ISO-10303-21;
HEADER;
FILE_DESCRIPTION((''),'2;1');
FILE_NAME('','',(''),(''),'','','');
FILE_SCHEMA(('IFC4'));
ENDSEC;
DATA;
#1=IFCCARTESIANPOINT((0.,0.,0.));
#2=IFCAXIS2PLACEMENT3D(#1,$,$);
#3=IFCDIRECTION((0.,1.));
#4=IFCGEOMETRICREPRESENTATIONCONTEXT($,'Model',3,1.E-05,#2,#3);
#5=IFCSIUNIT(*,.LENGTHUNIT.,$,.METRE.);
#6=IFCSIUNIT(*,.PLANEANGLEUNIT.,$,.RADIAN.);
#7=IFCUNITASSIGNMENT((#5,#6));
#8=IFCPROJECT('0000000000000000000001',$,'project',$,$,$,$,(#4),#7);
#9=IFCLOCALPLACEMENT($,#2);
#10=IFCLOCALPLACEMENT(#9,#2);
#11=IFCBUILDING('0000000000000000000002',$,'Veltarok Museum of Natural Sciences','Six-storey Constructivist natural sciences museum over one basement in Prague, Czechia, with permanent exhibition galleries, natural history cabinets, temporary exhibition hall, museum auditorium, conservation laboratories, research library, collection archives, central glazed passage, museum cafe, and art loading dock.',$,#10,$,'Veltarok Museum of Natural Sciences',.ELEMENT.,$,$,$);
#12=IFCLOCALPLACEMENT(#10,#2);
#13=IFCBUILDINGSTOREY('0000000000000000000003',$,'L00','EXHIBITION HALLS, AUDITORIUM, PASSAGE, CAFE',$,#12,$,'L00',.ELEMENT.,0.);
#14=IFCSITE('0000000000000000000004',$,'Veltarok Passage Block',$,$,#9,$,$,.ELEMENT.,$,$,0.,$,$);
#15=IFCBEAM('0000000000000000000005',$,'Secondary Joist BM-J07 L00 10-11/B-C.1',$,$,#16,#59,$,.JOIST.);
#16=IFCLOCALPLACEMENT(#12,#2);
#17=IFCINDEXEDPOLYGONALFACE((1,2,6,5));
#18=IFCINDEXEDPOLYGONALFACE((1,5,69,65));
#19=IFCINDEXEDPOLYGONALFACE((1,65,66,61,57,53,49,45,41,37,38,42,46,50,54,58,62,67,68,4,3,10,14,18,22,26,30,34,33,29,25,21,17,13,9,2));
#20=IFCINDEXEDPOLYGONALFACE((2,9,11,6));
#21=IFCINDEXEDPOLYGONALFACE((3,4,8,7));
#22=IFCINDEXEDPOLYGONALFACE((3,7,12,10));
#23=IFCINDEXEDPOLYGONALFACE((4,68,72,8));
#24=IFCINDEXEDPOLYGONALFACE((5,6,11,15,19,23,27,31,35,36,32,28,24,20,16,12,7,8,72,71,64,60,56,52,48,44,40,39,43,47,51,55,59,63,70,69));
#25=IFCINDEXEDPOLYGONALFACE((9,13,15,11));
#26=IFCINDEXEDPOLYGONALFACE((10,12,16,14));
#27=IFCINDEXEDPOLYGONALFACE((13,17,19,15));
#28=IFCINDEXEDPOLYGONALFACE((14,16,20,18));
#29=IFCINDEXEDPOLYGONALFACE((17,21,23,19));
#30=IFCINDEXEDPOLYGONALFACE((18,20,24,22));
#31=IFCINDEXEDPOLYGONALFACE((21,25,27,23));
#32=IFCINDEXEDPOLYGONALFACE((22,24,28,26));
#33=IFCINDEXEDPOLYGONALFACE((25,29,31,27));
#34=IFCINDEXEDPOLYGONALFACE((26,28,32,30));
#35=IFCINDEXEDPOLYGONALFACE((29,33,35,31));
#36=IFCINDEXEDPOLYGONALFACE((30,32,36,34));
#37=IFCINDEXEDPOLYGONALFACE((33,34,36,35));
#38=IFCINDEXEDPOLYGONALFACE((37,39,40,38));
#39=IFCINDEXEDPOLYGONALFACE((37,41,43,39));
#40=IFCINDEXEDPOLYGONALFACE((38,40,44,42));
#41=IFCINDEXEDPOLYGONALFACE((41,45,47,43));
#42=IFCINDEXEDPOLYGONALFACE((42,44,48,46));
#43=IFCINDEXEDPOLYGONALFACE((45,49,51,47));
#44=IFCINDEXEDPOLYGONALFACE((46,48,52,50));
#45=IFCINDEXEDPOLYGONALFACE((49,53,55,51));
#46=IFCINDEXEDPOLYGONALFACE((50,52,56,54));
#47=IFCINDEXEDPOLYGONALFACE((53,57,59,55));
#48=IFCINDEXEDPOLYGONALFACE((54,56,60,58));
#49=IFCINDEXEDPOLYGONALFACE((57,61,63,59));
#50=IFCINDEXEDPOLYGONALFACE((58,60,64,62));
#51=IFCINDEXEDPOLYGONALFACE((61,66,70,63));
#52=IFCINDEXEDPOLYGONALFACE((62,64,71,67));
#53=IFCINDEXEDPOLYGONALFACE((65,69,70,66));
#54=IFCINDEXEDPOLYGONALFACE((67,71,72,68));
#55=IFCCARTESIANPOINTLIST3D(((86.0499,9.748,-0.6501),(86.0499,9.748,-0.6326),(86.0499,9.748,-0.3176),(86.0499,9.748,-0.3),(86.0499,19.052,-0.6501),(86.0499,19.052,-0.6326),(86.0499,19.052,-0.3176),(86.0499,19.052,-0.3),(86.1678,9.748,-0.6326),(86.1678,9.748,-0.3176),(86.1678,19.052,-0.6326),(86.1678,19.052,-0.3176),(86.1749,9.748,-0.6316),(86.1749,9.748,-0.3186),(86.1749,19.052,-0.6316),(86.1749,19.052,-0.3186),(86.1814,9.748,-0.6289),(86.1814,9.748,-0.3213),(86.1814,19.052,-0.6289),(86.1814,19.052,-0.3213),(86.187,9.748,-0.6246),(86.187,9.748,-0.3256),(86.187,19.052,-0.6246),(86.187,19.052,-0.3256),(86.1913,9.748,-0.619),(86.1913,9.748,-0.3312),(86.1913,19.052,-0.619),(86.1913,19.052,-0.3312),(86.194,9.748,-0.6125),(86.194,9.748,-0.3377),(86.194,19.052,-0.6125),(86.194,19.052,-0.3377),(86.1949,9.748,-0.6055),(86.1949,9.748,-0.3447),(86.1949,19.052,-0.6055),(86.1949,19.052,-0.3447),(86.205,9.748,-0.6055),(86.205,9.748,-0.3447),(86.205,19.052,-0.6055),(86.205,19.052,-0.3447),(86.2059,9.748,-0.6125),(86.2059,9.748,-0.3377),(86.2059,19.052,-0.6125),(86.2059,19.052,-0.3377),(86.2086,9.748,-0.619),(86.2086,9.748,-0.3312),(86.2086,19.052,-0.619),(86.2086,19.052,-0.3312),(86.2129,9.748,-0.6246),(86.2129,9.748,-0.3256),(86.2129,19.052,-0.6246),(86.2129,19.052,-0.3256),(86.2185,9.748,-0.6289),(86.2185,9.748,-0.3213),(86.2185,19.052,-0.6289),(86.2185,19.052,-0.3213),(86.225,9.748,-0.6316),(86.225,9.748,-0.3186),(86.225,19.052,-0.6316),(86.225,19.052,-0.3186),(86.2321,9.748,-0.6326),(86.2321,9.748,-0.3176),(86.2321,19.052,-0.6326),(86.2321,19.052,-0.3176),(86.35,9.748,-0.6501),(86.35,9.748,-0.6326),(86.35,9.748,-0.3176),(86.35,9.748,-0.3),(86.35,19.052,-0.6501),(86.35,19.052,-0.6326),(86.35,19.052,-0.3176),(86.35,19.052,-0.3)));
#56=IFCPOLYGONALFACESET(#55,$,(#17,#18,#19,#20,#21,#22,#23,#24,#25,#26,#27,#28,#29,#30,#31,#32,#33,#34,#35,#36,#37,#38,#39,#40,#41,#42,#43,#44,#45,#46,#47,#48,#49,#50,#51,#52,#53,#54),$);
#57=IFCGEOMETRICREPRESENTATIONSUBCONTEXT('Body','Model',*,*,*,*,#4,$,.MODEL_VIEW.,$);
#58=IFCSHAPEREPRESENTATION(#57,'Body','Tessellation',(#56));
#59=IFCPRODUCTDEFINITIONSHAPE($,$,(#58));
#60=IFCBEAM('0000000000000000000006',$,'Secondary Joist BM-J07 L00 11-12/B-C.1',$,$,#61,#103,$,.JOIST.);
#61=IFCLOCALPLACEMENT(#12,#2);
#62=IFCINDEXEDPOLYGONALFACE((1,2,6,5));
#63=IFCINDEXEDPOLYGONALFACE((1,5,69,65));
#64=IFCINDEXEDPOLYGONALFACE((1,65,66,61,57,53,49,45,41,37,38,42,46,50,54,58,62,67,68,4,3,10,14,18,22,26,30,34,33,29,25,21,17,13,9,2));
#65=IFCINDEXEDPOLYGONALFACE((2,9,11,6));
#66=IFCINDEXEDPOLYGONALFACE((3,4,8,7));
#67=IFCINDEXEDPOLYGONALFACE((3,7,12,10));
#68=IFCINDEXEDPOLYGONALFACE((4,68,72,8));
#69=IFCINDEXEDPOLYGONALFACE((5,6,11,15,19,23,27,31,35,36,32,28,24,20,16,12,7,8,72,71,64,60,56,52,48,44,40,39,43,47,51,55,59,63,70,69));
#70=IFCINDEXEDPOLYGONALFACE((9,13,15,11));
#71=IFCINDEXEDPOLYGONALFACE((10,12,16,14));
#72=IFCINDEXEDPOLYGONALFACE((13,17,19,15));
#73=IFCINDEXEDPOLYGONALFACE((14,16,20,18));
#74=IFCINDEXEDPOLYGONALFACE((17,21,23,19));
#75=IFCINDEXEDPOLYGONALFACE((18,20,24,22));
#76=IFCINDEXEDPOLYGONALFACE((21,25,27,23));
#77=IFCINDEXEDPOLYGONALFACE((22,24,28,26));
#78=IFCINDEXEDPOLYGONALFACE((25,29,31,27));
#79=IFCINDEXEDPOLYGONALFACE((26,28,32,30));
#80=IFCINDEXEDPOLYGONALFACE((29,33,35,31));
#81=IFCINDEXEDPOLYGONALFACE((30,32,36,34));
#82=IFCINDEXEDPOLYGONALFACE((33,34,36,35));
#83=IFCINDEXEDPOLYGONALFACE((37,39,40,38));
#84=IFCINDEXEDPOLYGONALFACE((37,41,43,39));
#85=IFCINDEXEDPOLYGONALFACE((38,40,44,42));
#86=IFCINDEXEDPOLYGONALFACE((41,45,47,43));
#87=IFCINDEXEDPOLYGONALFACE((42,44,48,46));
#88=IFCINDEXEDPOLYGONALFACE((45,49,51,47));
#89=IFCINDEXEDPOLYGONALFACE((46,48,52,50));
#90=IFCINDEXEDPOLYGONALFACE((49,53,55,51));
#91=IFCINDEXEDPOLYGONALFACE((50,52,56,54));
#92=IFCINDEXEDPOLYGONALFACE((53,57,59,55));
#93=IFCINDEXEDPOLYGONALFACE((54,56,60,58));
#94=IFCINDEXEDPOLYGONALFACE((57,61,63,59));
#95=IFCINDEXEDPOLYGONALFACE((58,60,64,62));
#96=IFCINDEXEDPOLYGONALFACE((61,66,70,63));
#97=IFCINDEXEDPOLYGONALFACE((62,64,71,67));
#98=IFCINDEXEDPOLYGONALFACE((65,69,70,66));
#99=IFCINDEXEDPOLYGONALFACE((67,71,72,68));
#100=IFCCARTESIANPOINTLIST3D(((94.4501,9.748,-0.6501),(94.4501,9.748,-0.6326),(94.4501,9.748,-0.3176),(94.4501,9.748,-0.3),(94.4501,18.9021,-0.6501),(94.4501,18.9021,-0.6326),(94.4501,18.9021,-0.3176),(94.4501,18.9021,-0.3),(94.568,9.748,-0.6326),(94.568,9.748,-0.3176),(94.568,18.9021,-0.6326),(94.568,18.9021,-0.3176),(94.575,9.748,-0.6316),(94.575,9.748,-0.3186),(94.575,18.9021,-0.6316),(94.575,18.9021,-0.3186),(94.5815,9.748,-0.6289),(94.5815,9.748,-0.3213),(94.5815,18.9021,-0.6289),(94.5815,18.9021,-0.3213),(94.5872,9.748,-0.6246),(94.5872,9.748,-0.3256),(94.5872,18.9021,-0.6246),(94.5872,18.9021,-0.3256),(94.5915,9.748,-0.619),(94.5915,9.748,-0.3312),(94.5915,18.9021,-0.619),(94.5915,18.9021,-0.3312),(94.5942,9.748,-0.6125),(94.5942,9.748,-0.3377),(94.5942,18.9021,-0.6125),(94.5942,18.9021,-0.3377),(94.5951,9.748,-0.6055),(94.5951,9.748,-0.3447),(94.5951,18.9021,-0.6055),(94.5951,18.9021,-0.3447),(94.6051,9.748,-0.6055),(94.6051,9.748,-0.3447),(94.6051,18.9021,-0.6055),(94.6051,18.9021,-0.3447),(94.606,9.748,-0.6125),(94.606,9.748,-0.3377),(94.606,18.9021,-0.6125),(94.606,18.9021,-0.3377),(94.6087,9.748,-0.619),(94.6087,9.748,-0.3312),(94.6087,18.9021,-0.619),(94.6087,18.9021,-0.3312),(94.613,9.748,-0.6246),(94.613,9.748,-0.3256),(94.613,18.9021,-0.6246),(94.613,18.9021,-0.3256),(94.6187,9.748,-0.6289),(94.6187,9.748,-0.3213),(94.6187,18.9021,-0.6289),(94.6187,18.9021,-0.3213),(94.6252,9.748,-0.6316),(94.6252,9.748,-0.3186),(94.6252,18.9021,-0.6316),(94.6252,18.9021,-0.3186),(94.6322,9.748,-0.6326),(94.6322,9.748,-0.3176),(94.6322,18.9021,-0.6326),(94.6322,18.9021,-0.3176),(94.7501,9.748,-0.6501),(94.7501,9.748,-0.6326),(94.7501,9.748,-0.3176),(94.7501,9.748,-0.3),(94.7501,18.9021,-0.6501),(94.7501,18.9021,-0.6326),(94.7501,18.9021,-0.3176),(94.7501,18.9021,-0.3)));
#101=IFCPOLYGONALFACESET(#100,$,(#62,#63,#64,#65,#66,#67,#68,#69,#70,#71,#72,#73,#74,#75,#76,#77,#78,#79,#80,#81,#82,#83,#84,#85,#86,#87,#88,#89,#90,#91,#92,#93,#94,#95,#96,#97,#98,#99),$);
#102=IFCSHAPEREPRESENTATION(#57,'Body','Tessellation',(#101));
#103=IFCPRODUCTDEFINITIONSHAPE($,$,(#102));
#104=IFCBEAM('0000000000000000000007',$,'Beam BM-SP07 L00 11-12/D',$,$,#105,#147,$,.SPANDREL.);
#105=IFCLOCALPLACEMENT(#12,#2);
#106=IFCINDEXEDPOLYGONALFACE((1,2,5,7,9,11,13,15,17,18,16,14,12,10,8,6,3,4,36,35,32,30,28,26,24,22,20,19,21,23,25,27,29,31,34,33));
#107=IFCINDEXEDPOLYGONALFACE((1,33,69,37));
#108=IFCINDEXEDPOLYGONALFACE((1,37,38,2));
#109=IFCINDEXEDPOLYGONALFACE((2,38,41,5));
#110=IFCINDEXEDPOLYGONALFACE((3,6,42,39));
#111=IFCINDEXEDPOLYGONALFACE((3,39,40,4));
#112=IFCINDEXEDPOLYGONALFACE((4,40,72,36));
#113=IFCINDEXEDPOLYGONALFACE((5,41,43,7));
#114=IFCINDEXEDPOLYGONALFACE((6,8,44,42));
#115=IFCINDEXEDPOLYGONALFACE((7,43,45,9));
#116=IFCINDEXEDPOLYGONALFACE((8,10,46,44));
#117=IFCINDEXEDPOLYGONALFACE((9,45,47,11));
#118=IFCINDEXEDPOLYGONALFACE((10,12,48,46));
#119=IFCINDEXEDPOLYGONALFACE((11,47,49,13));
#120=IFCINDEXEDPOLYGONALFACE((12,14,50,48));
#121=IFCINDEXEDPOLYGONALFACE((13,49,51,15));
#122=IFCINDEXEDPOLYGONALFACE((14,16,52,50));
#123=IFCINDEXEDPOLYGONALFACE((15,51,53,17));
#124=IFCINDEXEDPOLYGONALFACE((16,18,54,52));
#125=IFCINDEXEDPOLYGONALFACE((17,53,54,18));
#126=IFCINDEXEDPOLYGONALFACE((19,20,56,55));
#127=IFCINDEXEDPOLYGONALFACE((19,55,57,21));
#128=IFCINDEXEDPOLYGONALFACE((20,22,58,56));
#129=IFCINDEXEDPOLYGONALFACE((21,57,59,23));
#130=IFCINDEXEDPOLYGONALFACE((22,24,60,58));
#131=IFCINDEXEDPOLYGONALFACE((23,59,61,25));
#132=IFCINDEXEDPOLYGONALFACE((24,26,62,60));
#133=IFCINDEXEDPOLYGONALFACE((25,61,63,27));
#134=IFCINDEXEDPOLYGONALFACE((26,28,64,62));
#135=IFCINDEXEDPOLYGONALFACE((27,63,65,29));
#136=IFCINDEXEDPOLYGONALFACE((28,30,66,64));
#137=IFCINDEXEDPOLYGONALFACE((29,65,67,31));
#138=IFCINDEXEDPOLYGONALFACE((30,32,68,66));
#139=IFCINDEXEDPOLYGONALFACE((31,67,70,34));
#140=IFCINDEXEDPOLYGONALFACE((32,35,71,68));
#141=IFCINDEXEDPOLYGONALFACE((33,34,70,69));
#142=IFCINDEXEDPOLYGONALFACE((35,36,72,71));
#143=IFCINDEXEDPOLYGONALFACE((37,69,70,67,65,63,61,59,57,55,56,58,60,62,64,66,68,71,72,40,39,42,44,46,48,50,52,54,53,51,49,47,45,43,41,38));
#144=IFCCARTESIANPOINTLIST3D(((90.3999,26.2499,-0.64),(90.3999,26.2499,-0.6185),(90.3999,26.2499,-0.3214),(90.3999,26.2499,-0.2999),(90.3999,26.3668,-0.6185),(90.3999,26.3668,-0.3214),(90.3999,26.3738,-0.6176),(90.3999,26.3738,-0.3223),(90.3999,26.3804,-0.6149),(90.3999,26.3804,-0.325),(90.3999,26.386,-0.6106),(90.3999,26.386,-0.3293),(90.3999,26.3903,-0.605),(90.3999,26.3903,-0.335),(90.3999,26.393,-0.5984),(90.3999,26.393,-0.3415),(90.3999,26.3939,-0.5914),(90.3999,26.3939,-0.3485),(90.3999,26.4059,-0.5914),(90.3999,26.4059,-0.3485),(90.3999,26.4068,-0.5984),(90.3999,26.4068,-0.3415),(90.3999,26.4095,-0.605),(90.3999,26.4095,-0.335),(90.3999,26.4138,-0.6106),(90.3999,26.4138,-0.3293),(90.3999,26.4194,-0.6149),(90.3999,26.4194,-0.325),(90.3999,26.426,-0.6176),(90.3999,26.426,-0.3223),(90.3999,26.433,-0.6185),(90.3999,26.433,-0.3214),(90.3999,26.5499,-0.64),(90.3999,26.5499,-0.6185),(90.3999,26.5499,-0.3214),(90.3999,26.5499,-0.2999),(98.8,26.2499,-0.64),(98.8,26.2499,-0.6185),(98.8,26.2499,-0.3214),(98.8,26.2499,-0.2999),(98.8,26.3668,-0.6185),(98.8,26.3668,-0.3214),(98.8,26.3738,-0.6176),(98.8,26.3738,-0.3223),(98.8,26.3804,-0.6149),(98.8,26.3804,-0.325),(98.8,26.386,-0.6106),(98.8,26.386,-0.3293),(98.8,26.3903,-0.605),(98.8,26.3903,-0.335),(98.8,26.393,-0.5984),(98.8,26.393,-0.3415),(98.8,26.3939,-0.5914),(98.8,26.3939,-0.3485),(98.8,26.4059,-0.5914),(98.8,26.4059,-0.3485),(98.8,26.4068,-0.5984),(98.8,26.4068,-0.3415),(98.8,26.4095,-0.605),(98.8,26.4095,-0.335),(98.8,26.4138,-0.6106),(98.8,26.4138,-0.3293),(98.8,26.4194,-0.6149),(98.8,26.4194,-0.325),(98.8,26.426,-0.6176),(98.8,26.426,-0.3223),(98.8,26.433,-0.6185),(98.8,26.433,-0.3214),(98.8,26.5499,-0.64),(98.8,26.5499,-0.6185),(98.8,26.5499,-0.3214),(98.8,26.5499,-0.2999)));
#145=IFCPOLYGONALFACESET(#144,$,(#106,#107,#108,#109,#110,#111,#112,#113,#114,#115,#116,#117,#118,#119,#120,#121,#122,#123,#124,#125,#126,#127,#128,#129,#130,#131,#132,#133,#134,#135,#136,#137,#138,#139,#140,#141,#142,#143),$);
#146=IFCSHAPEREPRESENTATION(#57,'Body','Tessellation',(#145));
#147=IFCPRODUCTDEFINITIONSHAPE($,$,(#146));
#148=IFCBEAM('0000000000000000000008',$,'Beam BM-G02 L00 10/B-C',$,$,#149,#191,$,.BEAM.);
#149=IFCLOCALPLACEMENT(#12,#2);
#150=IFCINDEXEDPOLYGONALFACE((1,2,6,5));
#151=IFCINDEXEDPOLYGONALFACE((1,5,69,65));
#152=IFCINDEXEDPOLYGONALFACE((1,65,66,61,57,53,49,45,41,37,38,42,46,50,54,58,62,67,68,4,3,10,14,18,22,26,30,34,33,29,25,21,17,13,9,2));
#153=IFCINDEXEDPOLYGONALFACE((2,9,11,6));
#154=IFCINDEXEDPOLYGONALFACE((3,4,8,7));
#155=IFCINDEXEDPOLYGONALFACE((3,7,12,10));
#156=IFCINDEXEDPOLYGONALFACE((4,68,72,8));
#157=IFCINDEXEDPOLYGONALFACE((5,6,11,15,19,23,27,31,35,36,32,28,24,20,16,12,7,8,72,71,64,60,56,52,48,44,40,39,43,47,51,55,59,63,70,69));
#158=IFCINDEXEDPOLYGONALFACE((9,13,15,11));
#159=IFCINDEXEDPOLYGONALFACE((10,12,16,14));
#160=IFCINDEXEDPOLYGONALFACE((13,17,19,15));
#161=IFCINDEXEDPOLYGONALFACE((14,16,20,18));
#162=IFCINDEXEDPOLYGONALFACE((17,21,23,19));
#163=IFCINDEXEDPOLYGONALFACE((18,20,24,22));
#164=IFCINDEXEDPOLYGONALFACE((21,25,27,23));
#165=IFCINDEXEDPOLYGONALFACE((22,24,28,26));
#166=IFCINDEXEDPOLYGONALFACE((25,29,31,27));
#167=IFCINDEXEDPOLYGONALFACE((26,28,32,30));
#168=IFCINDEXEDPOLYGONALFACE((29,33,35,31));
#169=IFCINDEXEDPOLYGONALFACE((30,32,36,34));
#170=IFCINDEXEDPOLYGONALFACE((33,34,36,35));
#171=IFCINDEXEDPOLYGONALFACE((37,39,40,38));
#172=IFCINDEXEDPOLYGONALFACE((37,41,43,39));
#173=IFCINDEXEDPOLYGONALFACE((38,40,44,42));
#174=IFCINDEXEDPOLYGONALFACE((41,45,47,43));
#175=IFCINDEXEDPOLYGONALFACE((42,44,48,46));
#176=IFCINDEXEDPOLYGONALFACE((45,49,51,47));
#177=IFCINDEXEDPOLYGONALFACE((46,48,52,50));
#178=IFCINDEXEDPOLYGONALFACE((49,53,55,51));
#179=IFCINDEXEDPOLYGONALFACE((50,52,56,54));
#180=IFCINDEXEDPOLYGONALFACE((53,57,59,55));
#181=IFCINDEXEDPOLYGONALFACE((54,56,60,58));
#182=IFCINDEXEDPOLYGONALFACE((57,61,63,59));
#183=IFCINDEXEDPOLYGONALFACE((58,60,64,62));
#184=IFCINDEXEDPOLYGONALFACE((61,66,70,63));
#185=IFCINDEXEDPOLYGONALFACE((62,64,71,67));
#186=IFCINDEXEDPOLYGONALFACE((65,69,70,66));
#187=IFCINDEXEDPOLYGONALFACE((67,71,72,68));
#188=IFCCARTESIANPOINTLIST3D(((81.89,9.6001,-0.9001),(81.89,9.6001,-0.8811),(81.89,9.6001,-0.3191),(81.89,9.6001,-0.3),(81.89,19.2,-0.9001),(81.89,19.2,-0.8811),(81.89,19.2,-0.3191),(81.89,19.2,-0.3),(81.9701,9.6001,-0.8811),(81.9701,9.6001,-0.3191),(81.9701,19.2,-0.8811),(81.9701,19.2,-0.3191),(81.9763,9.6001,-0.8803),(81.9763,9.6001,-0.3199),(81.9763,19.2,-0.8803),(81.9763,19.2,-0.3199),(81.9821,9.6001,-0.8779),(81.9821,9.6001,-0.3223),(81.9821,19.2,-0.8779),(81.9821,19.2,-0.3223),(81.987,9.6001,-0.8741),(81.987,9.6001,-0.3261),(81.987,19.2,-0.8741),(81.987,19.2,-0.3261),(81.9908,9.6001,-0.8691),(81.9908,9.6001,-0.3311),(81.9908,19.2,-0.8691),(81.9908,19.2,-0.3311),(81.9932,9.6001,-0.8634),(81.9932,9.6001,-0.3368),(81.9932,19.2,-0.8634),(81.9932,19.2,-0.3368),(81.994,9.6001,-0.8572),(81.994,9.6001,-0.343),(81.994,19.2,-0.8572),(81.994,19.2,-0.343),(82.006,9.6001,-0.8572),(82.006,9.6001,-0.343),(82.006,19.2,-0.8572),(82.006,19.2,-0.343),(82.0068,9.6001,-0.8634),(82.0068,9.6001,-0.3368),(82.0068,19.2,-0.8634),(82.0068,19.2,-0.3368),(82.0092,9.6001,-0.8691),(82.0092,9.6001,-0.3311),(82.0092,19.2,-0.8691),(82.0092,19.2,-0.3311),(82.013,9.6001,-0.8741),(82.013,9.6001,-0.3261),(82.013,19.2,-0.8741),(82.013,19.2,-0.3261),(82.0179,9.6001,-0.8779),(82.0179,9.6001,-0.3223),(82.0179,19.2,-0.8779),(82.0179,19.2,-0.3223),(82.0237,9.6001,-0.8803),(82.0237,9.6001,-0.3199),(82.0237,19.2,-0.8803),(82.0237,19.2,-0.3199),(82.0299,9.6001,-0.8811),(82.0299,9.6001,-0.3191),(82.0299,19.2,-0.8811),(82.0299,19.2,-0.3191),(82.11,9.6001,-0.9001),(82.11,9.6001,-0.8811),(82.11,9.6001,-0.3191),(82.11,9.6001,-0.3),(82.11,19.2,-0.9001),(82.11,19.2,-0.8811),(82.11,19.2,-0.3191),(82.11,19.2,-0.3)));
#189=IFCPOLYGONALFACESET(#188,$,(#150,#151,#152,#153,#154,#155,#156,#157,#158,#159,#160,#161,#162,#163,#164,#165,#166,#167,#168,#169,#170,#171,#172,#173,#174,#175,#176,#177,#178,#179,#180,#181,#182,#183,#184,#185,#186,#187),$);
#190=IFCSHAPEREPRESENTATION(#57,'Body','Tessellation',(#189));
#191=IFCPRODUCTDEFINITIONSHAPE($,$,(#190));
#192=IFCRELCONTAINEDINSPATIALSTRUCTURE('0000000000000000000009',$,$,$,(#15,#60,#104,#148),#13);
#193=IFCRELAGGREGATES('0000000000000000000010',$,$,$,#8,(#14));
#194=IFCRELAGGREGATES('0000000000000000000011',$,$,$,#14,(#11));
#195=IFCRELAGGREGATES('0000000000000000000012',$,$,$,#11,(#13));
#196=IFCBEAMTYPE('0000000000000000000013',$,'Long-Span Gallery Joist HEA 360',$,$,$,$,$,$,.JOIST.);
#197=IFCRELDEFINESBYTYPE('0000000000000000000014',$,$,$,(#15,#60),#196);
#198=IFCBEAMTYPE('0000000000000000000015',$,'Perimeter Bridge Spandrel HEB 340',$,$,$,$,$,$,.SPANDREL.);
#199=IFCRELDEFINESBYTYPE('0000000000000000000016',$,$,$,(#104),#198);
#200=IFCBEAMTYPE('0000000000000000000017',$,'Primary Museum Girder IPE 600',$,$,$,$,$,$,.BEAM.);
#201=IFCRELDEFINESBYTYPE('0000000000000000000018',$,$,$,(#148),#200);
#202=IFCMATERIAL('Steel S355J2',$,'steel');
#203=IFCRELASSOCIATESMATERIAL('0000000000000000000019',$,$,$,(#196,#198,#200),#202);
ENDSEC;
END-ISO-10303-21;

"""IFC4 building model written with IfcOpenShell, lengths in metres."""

from ifc_helpers import new_model, si_unit, direction, frame, origin, origin_2d, place, context, subcontext, project, spatial, i_section, extrude, material, material_profile, profile_set, type_object, element, save


model = new_model("IFC4")

# Units and contexts
model_context = context("Model", 3, precision=1e-05, world=origin(), true_north=direction((0.0, 1.0)))
body_context = subcontext(model_context, "Body", "Model", "MODEL_VIEW")
ifc_project = project(units=[si_unit("LENGTHUNIT", "METRE"), si_unit("PLANEANGLEUNIT", "RADIAN")], contexts=[model_context])

# Site, building, storey
site_placement = place(None, origin())
site = spatial("IfcSite", under=ifc_project, at=site_placement, Name="Veltarok Passage Block", CompositionType="ELEMENT", RefElevation=0.0)
building_placement = place(site_placement, origin())
building = spatial("IfcBuilding", under=site, at=building_placement, Name="Veltarok Museum of Natural Sciences", Description="Six-storey Constructivist natural sciences museum over one basement in Prague, Czechia, with permanent exhibition galleries, natural history cabinets, temporary exhibition hall, museum auditorium, conservation laboratories, research library, collection archives, central glazed passage, museum cafe, and art loading dock.", LongName="Veltarok Museum of Natural Sciences", CompositionType="ELEMENT")
storey_placement = place(building_placement, origin())
storey = spatial("IfcBuildingStorey", under=building, at=storey_placement, Name="L00", Description="EXHIBITION HALLS, AUDITORIUM, PASSAGE, CAFE", LongName="L00", CompositionType="ELEMENT", Elevation=0.0)

# Shared definitions
ifc_material_1 = material(Name="Steel S355J2", Category="steel")

# Beams
ifc_material_profile_1 = material_profile(ifc_material_1, i_section(OverallWidth=0.3, OverallDepth=0.3501, WebThickness=0.01, FlangeThickness=0.0176, FilletRadius=0.0271, at=origin_2d()), Name="HEA 360")
ifc_profile_set_1 = profile_set([ifc_material_profile_1], Name="Steel S355J2")
beam_type_1 = type_object("IfcBeamType", Name="Long-Span Gallery Joist HEA 360", PredefinedType="JOIST", material=ifc_profile_set_1)
beam_1_placement = place(storey_placement, frame((86.2, 9.748, -0.4751), z_axis=(0.0, 1.0, 0.0), x_axis=(-1.0, 0.0, 0.0)))
element("IfcBeam", 1, at=beam_1_placement, inside=storey, type_object=beam_type_1, Name="Secondary Joist BM-J07 L00 10-11/B-C.1", PredefinedType="JOIST", context=body_context, shape_type="SweptSolid", body=[
    extrude(i_section(OverallWidth=0.3, OverallDepth=0.3501, WebThickness=0.01, FlangeThickness=0.0176, FilletRadius=0.0271, at=origin_2d()), origin(), (0.0, 0.0, 1.0), 9.304),
])
beam_2_placement = place(storey_placement, frame((94.6001, 9.748, -0.4751), z_axis=(0.0, 1.0, 0.0), x_axis=(-1.0, 0.0, 0.0)))
element("IfcBeam", 2, at=beam_2_placement, inside=storey, type_object=beam_type_1, Name="Secondary Joist BM-J07 L00 11-12/B-C.1", PredefinedType="JOIST", context=body_context, shape_type="SweptSolid", body=[
    extrude(i_section(OverallWidth=0.3, OverallDepth=0.3501, WebThickness=0.01, FlangeThickness=0.0176, FilletRadius=0.0271, at=origin_2d()), origin(), (0.0, 0.0, 1.0), 9.1541),
])
ifc_material_profile_2 = material_profile(ifc_material_1, i_section(OverallWidth=0.3, OverallDepth=0.3401, WebThickness=0.012, FlangeThickness=0.0215, FilletRadius=0.0271, at=origin_2d()), Name="HEB 340")
ifc_profile_set_2 = profile_set([ifc_material_profile_2], Name="Steel S355J2")
beam_type_2 = type_object("IfcBeamType", Name="Perimeter Bridge Spandrel HEB 340", PredefinedType="SPANDREL", material=ifc_profile_set_2)
beam_3_placement = place(storey_placement, frame((90.3999, 26.3999, -0.47), z_axis=(1.0, 0.0, 0.0), x_axis=(0.0, 1.0, 0.0)))
element("IfcBeam", 3, at=beam_3_placement, inside=storey, type_object=beam_type_2, Name="Beam BM-SP07 L00 11-12/D", PredefinedType="SPANDREL", context=body_context, shape_type="SweptSolid", body=[
    extrude(i_section(OverallWidth=0.3, OverallDepth=0.3401, WebThickness=0.012, FlangeThickness=0.0215, FilletRadius=0.0271, at=origin_2d()), origin(), (0.0, 0.0, 1.0), 8.4001),
])
ifc_material_profile_3 = material_profile(ifc_material_1, i_section(OverallWidth=0.22, OverallDepth=0.6001, WebThickness=0.012, FlangeThickness=0.019, FilletRadius=0.0239, at=origin_2d()), Name="IPE 600")
ifc_profile_set_3 = profile_set([ifc_material_profile_3], Name="Steel S355J2")
beam_type_3 = type_object("IfcBeamType", Name="Primary Museum Girder IPE 600", PredefinedType="BEAM", material=ifc_profile_set_3)
beam_4_placement = place(storey_placement, frame((82.0, 9.6001, -0.6001), z_axis=(0.0, 1.0, 0.0), x_axis=(-1.0, 0.0, 0.0)))
element("IfcBeam", 4, at=beam_4_placement, inside=storey, type_object=beam_type_3, Name="Beam BM-G02 L00 10/B-C", PredefinedType="BEAM", context=body_context, shape_type="SweptSolid", body=[
    extrude(i_section(OverallWidth=0.22, OverallDepth=0.6001, WebThickness=0.012, FlangeThickness=0.019, FilletRadius=0.0239, at=origin_2d()), origin(), (0.0, 0.0, 1.0), 9.5999),
])

save(model, "model.ifc")
